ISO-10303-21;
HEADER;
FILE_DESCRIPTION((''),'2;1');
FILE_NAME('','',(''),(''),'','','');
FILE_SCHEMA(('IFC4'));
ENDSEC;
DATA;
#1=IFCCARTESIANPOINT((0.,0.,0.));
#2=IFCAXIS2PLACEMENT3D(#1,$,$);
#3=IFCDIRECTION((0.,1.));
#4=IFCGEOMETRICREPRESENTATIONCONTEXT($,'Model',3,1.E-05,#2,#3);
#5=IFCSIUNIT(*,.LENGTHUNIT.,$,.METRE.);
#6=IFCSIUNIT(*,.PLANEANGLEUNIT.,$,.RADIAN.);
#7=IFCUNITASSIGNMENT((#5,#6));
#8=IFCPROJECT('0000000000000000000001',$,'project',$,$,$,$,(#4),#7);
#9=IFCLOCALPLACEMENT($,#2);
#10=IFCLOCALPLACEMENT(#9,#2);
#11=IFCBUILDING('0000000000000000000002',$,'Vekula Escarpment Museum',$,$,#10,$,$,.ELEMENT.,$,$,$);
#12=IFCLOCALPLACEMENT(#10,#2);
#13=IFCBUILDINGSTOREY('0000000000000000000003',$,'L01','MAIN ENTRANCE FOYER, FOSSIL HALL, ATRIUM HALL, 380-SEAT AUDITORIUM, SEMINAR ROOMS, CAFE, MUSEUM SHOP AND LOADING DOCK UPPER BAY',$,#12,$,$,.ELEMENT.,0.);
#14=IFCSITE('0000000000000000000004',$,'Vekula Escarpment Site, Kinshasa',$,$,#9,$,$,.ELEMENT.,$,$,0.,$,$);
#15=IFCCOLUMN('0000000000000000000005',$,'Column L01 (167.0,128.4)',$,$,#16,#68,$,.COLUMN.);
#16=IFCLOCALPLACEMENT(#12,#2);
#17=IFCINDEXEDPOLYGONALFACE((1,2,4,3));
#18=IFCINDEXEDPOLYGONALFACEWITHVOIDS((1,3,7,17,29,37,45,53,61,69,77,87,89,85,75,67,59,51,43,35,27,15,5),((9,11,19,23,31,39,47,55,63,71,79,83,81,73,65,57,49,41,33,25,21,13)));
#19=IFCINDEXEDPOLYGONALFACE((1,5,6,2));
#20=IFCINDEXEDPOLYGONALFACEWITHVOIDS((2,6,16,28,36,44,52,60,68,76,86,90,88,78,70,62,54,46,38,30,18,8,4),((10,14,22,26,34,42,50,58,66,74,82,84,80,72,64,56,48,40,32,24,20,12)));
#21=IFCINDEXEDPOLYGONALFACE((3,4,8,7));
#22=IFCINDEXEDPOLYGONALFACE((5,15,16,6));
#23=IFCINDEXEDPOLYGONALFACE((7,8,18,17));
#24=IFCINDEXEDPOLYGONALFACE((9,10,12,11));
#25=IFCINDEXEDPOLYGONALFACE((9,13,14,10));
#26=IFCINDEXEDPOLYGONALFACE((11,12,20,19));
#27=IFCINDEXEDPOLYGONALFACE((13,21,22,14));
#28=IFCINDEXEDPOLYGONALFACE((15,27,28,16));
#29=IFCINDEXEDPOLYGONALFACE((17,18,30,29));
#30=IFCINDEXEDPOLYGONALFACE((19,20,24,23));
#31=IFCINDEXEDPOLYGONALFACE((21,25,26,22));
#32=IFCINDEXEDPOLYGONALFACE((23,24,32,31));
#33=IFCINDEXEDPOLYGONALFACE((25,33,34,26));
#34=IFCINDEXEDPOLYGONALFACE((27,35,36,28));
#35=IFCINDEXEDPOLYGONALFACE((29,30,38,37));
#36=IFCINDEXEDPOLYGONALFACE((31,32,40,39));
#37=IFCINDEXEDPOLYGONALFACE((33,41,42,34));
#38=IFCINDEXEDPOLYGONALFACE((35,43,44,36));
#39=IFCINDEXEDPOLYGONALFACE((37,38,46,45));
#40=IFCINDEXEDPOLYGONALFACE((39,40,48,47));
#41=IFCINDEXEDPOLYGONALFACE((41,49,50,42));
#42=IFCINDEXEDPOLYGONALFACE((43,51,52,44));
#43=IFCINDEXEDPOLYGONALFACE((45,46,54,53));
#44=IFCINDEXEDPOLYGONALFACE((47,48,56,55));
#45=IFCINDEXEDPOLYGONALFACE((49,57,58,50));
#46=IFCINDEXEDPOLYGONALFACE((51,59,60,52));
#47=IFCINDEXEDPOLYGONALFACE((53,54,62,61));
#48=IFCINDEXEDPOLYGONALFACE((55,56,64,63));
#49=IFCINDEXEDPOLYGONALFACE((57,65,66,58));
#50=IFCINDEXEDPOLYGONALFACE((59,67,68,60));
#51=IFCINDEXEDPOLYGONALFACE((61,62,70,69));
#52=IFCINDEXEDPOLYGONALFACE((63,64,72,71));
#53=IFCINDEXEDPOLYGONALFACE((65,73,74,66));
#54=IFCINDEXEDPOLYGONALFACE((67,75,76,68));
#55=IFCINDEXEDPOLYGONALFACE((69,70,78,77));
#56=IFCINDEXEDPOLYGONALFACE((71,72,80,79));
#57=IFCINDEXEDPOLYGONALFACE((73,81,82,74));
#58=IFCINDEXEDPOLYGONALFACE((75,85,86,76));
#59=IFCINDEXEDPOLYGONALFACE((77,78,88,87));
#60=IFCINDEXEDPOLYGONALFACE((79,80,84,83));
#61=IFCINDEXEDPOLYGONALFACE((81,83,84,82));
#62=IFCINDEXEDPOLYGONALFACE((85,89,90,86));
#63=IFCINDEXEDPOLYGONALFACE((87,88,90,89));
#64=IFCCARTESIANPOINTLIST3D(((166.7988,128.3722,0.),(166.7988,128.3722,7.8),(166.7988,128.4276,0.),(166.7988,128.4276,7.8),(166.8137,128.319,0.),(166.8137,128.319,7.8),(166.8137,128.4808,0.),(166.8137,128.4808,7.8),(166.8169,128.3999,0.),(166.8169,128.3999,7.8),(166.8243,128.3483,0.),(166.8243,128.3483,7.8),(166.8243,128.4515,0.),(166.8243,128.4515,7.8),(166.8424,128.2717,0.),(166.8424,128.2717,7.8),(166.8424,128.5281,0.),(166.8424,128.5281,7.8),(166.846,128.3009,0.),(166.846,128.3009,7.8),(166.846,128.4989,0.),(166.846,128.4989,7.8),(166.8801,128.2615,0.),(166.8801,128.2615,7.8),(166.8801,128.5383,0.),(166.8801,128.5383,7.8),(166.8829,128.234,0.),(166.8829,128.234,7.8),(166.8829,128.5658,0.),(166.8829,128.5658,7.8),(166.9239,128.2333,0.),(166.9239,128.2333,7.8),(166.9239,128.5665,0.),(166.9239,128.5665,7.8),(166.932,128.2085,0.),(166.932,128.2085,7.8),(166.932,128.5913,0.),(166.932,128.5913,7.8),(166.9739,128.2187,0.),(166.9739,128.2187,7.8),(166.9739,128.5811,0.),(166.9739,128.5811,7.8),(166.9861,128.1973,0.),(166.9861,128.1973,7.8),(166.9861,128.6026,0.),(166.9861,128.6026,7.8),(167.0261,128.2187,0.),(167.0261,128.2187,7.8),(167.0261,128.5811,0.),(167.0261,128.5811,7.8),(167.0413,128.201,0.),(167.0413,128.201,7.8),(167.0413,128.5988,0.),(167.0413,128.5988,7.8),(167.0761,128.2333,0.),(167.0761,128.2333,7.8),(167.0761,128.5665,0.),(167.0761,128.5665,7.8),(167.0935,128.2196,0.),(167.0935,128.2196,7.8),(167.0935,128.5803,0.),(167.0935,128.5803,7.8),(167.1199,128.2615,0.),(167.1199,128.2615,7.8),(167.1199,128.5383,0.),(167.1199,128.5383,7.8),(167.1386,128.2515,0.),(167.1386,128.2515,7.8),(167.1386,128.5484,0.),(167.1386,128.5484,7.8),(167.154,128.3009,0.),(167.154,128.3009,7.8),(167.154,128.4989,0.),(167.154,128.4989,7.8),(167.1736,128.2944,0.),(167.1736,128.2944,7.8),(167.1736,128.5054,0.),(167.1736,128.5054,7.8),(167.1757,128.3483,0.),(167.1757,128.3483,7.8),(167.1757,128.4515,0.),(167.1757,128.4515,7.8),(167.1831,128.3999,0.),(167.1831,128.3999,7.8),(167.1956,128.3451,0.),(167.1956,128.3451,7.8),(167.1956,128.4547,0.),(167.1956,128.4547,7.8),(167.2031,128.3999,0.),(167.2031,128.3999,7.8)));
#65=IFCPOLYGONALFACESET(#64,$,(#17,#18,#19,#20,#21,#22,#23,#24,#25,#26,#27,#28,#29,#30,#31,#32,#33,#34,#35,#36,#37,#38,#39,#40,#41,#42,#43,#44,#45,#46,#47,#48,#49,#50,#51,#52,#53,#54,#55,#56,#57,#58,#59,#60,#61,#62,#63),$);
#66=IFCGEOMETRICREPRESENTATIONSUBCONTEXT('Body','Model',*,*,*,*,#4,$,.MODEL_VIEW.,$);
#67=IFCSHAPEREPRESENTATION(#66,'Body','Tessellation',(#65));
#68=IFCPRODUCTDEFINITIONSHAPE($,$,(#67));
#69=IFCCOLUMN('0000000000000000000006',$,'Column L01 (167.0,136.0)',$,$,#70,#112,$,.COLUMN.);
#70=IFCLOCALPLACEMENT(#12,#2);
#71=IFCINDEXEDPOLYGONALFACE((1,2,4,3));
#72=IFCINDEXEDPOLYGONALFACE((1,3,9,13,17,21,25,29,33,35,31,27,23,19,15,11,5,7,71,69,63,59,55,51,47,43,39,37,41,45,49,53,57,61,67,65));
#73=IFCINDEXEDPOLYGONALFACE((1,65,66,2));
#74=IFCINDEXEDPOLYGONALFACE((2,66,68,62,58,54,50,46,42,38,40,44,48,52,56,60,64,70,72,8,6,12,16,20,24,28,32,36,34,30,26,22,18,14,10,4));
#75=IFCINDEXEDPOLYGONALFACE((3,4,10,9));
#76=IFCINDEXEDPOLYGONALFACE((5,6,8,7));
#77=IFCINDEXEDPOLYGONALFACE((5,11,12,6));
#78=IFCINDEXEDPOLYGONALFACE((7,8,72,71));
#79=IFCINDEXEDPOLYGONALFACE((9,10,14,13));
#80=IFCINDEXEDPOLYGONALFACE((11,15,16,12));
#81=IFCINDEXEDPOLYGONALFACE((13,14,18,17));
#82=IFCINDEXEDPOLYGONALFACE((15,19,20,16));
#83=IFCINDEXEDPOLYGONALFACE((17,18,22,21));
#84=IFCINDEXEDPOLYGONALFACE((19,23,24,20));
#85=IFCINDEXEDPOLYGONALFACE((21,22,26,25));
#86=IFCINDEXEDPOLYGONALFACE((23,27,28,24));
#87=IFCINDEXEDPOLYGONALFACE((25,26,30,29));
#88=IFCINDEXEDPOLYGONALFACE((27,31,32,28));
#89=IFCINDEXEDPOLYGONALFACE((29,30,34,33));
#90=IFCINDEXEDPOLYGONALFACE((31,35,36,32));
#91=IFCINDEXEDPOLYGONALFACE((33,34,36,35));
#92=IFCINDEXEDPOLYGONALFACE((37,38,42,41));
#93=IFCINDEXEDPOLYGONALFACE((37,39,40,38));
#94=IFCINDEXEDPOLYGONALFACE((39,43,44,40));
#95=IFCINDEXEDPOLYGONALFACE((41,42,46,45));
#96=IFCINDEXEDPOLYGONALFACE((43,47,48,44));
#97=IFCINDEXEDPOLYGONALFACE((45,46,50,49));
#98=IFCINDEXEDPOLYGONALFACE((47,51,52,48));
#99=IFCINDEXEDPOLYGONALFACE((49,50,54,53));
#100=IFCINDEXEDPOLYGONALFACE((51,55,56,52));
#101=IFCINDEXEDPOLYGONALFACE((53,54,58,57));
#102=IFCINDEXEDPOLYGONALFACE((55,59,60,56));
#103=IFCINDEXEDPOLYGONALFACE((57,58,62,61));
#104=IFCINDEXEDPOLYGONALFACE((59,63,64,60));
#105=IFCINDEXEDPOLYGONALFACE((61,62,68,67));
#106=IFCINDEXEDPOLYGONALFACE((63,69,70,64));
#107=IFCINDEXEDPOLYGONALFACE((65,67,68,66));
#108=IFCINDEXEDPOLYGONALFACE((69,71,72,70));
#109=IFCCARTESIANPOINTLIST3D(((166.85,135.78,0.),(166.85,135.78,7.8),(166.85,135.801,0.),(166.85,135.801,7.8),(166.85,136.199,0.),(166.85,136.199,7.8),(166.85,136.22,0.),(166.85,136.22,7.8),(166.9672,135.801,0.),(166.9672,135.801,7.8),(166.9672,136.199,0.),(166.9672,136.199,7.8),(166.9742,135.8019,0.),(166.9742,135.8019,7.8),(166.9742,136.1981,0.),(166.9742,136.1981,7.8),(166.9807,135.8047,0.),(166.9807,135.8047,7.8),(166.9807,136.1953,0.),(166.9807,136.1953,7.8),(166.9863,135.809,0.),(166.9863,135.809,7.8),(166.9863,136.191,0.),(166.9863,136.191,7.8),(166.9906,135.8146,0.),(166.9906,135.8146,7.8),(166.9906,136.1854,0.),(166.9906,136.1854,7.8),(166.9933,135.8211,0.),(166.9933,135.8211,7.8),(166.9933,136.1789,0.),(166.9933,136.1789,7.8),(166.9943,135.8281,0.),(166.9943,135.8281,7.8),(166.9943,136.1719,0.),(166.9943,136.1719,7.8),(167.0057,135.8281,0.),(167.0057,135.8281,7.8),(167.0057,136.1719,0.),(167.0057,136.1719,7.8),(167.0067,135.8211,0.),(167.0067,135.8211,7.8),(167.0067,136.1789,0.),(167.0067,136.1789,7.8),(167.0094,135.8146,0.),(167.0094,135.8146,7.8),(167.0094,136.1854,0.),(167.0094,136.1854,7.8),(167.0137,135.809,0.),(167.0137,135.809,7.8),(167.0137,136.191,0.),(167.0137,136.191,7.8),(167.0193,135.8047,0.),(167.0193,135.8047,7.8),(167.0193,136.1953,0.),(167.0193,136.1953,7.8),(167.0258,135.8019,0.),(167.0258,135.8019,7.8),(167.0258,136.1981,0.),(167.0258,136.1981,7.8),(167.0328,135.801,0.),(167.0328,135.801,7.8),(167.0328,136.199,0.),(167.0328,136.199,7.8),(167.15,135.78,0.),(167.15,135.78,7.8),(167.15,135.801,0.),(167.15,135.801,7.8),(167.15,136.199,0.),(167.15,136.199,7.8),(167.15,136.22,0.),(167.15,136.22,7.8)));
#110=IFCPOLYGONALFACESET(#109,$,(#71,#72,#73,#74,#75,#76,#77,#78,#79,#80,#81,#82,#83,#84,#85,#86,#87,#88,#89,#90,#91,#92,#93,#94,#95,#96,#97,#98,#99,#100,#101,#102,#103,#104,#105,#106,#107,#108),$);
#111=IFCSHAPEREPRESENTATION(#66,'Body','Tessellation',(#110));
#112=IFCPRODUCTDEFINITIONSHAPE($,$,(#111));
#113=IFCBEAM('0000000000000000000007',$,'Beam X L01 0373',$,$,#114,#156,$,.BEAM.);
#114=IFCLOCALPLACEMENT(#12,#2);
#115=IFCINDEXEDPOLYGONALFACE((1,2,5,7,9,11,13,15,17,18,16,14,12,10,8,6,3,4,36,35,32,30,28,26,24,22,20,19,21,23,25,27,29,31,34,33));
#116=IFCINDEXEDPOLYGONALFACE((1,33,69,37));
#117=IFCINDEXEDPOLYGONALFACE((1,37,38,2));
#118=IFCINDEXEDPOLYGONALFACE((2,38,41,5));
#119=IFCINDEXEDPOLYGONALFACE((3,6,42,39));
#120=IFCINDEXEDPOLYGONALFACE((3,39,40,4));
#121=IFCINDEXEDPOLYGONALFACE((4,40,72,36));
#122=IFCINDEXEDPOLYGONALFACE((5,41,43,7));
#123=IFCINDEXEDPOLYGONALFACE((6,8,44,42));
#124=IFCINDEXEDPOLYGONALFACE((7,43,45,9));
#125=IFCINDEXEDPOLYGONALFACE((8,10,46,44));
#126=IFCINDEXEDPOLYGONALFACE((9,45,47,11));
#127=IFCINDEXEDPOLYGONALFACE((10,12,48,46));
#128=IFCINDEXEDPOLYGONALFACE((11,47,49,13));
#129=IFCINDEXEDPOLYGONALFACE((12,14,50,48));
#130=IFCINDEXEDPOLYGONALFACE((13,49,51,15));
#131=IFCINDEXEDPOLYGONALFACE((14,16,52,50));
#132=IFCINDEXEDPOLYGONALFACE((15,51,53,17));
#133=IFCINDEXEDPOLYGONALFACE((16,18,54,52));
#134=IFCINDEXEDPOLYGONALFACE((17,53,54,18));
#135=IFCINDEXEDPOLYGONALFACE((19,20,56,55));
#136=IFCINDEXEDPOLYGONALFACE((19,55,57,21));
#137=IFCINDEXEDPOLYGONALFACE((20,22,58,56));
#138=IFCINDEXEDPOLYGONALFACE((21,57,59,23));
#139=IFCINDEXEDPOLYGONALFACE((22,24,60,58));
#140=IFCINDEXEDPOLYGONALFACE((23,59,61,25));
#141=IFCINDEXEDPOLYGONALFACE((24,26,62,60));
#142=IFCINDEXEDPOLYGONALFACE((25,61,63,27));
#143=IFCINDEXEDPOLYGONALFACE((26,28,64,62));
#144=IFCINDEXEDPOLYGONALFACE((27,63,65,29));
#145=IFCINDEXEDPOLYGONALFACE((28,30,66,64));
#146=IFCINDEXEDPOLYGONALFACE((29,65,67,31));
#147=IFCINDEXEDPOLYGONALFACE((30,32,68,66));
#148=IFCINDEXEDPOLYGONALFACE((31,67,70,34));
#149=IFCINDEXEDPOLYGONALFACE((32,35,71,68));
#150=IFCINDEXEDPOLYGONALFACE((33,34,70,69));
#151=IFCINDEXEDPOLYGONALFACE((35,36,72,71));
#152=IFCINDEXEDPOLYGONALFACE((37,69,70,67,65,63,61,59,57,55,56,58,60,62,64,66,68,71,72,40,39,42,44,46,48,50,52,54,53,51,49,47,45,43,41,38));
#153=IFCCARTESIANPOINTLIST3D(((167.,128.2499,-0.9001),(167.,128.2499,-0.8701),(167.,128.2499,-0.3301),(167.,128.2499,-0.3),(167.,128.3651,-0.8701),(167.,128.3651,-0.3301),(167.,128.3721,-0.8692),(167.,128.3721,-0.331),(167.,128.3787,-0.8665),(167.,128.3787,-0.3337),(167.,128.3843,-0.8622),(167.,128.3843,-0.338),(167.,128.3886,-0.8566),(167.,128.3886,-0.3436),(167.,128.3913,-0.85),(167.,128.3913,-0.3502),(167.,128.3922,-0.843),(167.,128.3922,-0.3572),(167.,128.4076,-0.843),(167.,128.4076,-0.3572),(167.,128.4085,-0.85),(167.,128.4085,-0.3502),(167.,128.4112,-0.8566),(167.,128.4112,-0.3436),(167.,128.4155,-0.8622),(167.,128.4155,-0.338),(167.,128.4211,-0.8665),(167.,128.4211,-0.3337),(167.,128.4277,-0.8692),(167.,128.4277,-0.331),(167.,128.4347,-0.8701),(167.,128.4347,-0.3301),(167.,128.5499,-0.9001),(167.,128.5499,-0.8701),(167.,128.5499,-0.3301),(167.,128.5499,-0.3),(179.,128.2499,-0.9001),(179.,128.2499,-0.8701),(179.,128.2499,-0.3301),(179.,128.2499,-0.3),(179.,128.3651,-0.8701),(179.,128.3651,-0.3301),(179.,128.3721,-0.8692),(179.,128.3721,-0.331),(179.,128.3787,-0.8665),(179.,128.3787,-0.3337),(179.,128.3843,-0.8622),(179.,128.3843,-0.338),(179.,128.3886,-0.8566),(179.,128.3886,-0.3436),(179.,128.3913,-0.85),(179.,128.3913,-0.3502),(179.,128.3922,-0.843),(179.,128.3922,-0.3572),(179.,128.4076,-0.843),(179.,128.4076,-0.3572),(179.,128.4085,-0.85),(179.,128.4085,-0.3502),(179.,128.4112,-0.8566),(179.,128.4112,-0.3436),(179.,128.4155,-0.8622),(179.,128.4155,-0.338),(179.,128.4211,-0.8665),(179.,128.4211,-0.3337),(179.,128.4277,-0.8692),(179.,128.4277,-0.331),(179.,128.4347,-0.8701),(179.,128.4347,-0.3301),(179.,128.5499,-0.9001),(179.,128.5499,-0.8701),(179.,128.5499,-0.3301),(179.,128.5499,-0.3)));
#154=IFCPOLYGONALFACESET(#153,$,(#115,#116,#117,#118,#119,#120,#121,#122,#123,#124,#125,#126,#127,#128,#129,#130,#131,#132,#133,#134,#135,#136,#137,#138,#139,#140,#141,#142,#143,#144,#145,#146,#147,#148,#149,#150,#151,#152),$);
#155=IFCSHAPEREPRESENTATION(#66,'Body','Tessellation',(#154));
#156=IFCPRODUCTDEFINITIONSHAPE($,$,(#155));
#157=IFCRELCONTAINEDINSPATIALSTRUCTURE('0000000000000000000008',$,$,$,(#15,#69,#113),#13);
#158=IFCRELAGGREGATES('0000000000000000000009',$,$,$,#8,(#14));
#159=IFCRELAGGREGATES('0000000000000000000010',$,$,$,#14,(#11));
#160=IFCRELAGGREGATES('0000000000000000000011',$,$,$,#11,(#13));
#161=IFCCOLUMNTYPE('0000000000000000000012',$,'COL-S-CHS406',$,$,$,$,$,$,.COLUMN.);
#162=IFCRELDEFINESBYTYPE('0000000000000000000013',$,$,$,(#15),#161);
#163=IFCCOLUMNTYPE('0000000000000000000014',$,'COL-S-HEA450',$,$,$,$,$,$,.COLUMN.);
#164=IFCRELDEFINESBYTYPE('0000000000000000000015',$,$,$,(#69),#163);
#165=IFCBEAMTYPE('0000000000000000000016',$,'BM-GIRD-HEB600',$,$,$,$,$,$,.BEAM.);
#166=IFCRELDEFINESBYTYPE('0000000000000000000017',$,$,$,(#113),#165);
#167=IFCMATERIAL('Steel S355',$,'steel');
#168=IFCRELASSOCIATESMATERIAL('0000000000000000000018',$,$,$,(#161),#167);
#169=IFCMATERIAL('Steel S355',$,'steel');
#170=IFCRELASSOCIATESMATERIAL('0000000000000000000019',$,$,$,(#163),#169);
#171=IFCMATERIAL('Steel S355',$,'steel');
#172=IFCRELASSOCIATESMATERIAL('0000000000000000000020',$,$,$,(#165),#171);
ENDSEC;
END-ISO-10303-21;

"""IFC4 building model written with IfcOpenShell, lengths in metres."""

from ifc_helpers import new_model, si_unit, direction, frame, origin, origin_2d, place, context, subcontext, project, spatial, hollow_circle, i_section, extrude, material, material_profile, profile_set, type_object, element, save


model = new_model("IFC4")

# Units and contexts
model_context = context("Model", 3, precision=1e-05, world=origin(), true_north=direction((0.0, 1.0)))
body_context = subcontext(model_context, "Body", "Model", "MODEL_VIEW")
ifc_project = project(units=[si_unit("LENGTHUNIT", "METRE"), si_unit("PLANEANGLEUNIT", "RADIAN")], contexts=[model_context])

# Site, building, storey
site_placement = place(None, origin())
site = spatial("IfcSite", under=ifc_project, at=site_placement, Name="Vekula Escarpment Site, Kinshasa", CompositionType="ELEMENT", RefElevation=0.0)
building_placement = place(site_placement, origin())
building = spatial("IfcBuilding", under=site, at=building_placement, Name="Vekula Escarpment Museum", CompositionType="ELEMENT")
storey_placement = place(building_placement, origin())
storey = spatial("IfcBuildingStorey", under=building, at=storey_placement, Name="L01", Description="MAIN ENTRANCE FOYER, FOSSIL HALL, ATRIUM HALL, 380-SEAT AUDITORIUM, SEMINAR ROOMS, CAFE, MUSEUM SHOP AND LOADING DOCK UPPER BAY", CompositionType="ELEMENT", Elevation=0.0)

# Columns
ifc_material_1 = material(Name="Steel S355", Category="steel")
ifc_material_profile_1 = material_profile(ifc_material_1, hollow_circle(Radius=0.2031, WallThickness=0.02, at=origin_2d()), Name="CHS 406.4x20")
ifc_profile_set_1 = profile_set([ifc_material_profile_1], Name="Steel S355")
column_type_1 = type_object("IfcColumnType", Name="COL-S-CHS406", PredefinedType="COLUMN", material=ifc_profile_set_1)
column_1_placement = place(storey_placement, frame((167.0, 128.3999, 0.0), z_axis=(0.0, 0.0, 1.0), x_axis=(1.0, 0.0, 0.0)))
element("IfcColumn", 1, at=column_1_placement, inside=storey, type_object=column_type_1, Name="Column L01 (167.0,128.4)", PredefinedType="COLUMN", context=body_context, shape_type="SweptSolid", body=[
    extrude(hollow_circle(Radius=0.2031, WallThickness=0.02, at=origin_2d()), origin(), (0.0, 0.0, 1.0), 7.8),
])
ifc_material_2 = material(Name="Steel S355", Category="steel")
ifc_material_profile_2 = material_profile(ifc_material_2, i_section(OverallWidth=0.3, OverallDepth=0.4399, WebThickness=0.0115, FlangeThickness=0.021, FilletRadius=0.0271, at=origin_2d()), Name="HEA 450")
ifc_profile_set_2 = profile_set([ifc_material_profile_2], Name="Steel S355")
column_type_2 = type_object("IfcColumnType", Name="COL-S-HEA450", PredefinedType="COLUMN", material=ifc_profile_set_2)
column_2_placement = place(storey_placement, frame((167.0, 136.0, 0.0), z_axis=(0.0, 0.0, 1.0), x_axis=(1.0, 0.0, 0.0)))
element("IfcColumn", 2, at=column_2_placement, inside=storey, type_object=column_type_2, Name="Column L01 (167.0,136.0)", PredefinedType="COLUMN", context=body_context, shape_type="SweptSolid", body=[
    extrude(i_section(OverallWidth=0.3, OverallDepth=0.4399, WebThickness=0.0115, FlangeThickness=0.021, FilletRadius=0.0271, at=origin_2d()), origin(), (0.0, 0.0, 1.0), 7.8),
])

# Beam
ifc_material_3 = material(Name="Steel S355", Category="steel")
ifc_material_profile_3 = material_profile(ifc_material_3, i_section(OverallWidth=0.3, OverallDepth=0.6001, WebThickness=0.0154, FlangeThickness=0.03, FilletRadius=0.0271, at=origin_2d()), Name="HEB 600")
ifc_profile_set_3 = profile_set([ifc_material_profile_3], Name="Steel S355")
beam_type_1 = type_object("IfcBeamType", Name="BM-GIRD-HEB600", PredefinedType="BEAM", material=ifc_profile_set_3)
for number, where, z_axis, x_axis, name in (
    (3, (167.0, 128.3999, -0.6001), (1.0, 0.0, 0.0), (0.0, 1.0, 0.0), "Beam X L01 0373"),
):
    element("IfcBeam", number, at=place(storey_placement, frame(where, z_axis=z_axis, x_axis=x_axis)), inside=storey, type_object=beam_type_1, Name=name, PredefinedType="BEAM", context=body_context, shape_type="SweptSolid", body=[
        extrude(i_section(OverallWidth=0.3, OverallDepth=0.6001, WebThickness=0.0154, FlangeThickness=0.03, FilletRadius=0.0271, at=origin_2d()), origin(), (0.0, 0.0, 1.0), 12.0),
    ])

save(model, "model.ifc")
